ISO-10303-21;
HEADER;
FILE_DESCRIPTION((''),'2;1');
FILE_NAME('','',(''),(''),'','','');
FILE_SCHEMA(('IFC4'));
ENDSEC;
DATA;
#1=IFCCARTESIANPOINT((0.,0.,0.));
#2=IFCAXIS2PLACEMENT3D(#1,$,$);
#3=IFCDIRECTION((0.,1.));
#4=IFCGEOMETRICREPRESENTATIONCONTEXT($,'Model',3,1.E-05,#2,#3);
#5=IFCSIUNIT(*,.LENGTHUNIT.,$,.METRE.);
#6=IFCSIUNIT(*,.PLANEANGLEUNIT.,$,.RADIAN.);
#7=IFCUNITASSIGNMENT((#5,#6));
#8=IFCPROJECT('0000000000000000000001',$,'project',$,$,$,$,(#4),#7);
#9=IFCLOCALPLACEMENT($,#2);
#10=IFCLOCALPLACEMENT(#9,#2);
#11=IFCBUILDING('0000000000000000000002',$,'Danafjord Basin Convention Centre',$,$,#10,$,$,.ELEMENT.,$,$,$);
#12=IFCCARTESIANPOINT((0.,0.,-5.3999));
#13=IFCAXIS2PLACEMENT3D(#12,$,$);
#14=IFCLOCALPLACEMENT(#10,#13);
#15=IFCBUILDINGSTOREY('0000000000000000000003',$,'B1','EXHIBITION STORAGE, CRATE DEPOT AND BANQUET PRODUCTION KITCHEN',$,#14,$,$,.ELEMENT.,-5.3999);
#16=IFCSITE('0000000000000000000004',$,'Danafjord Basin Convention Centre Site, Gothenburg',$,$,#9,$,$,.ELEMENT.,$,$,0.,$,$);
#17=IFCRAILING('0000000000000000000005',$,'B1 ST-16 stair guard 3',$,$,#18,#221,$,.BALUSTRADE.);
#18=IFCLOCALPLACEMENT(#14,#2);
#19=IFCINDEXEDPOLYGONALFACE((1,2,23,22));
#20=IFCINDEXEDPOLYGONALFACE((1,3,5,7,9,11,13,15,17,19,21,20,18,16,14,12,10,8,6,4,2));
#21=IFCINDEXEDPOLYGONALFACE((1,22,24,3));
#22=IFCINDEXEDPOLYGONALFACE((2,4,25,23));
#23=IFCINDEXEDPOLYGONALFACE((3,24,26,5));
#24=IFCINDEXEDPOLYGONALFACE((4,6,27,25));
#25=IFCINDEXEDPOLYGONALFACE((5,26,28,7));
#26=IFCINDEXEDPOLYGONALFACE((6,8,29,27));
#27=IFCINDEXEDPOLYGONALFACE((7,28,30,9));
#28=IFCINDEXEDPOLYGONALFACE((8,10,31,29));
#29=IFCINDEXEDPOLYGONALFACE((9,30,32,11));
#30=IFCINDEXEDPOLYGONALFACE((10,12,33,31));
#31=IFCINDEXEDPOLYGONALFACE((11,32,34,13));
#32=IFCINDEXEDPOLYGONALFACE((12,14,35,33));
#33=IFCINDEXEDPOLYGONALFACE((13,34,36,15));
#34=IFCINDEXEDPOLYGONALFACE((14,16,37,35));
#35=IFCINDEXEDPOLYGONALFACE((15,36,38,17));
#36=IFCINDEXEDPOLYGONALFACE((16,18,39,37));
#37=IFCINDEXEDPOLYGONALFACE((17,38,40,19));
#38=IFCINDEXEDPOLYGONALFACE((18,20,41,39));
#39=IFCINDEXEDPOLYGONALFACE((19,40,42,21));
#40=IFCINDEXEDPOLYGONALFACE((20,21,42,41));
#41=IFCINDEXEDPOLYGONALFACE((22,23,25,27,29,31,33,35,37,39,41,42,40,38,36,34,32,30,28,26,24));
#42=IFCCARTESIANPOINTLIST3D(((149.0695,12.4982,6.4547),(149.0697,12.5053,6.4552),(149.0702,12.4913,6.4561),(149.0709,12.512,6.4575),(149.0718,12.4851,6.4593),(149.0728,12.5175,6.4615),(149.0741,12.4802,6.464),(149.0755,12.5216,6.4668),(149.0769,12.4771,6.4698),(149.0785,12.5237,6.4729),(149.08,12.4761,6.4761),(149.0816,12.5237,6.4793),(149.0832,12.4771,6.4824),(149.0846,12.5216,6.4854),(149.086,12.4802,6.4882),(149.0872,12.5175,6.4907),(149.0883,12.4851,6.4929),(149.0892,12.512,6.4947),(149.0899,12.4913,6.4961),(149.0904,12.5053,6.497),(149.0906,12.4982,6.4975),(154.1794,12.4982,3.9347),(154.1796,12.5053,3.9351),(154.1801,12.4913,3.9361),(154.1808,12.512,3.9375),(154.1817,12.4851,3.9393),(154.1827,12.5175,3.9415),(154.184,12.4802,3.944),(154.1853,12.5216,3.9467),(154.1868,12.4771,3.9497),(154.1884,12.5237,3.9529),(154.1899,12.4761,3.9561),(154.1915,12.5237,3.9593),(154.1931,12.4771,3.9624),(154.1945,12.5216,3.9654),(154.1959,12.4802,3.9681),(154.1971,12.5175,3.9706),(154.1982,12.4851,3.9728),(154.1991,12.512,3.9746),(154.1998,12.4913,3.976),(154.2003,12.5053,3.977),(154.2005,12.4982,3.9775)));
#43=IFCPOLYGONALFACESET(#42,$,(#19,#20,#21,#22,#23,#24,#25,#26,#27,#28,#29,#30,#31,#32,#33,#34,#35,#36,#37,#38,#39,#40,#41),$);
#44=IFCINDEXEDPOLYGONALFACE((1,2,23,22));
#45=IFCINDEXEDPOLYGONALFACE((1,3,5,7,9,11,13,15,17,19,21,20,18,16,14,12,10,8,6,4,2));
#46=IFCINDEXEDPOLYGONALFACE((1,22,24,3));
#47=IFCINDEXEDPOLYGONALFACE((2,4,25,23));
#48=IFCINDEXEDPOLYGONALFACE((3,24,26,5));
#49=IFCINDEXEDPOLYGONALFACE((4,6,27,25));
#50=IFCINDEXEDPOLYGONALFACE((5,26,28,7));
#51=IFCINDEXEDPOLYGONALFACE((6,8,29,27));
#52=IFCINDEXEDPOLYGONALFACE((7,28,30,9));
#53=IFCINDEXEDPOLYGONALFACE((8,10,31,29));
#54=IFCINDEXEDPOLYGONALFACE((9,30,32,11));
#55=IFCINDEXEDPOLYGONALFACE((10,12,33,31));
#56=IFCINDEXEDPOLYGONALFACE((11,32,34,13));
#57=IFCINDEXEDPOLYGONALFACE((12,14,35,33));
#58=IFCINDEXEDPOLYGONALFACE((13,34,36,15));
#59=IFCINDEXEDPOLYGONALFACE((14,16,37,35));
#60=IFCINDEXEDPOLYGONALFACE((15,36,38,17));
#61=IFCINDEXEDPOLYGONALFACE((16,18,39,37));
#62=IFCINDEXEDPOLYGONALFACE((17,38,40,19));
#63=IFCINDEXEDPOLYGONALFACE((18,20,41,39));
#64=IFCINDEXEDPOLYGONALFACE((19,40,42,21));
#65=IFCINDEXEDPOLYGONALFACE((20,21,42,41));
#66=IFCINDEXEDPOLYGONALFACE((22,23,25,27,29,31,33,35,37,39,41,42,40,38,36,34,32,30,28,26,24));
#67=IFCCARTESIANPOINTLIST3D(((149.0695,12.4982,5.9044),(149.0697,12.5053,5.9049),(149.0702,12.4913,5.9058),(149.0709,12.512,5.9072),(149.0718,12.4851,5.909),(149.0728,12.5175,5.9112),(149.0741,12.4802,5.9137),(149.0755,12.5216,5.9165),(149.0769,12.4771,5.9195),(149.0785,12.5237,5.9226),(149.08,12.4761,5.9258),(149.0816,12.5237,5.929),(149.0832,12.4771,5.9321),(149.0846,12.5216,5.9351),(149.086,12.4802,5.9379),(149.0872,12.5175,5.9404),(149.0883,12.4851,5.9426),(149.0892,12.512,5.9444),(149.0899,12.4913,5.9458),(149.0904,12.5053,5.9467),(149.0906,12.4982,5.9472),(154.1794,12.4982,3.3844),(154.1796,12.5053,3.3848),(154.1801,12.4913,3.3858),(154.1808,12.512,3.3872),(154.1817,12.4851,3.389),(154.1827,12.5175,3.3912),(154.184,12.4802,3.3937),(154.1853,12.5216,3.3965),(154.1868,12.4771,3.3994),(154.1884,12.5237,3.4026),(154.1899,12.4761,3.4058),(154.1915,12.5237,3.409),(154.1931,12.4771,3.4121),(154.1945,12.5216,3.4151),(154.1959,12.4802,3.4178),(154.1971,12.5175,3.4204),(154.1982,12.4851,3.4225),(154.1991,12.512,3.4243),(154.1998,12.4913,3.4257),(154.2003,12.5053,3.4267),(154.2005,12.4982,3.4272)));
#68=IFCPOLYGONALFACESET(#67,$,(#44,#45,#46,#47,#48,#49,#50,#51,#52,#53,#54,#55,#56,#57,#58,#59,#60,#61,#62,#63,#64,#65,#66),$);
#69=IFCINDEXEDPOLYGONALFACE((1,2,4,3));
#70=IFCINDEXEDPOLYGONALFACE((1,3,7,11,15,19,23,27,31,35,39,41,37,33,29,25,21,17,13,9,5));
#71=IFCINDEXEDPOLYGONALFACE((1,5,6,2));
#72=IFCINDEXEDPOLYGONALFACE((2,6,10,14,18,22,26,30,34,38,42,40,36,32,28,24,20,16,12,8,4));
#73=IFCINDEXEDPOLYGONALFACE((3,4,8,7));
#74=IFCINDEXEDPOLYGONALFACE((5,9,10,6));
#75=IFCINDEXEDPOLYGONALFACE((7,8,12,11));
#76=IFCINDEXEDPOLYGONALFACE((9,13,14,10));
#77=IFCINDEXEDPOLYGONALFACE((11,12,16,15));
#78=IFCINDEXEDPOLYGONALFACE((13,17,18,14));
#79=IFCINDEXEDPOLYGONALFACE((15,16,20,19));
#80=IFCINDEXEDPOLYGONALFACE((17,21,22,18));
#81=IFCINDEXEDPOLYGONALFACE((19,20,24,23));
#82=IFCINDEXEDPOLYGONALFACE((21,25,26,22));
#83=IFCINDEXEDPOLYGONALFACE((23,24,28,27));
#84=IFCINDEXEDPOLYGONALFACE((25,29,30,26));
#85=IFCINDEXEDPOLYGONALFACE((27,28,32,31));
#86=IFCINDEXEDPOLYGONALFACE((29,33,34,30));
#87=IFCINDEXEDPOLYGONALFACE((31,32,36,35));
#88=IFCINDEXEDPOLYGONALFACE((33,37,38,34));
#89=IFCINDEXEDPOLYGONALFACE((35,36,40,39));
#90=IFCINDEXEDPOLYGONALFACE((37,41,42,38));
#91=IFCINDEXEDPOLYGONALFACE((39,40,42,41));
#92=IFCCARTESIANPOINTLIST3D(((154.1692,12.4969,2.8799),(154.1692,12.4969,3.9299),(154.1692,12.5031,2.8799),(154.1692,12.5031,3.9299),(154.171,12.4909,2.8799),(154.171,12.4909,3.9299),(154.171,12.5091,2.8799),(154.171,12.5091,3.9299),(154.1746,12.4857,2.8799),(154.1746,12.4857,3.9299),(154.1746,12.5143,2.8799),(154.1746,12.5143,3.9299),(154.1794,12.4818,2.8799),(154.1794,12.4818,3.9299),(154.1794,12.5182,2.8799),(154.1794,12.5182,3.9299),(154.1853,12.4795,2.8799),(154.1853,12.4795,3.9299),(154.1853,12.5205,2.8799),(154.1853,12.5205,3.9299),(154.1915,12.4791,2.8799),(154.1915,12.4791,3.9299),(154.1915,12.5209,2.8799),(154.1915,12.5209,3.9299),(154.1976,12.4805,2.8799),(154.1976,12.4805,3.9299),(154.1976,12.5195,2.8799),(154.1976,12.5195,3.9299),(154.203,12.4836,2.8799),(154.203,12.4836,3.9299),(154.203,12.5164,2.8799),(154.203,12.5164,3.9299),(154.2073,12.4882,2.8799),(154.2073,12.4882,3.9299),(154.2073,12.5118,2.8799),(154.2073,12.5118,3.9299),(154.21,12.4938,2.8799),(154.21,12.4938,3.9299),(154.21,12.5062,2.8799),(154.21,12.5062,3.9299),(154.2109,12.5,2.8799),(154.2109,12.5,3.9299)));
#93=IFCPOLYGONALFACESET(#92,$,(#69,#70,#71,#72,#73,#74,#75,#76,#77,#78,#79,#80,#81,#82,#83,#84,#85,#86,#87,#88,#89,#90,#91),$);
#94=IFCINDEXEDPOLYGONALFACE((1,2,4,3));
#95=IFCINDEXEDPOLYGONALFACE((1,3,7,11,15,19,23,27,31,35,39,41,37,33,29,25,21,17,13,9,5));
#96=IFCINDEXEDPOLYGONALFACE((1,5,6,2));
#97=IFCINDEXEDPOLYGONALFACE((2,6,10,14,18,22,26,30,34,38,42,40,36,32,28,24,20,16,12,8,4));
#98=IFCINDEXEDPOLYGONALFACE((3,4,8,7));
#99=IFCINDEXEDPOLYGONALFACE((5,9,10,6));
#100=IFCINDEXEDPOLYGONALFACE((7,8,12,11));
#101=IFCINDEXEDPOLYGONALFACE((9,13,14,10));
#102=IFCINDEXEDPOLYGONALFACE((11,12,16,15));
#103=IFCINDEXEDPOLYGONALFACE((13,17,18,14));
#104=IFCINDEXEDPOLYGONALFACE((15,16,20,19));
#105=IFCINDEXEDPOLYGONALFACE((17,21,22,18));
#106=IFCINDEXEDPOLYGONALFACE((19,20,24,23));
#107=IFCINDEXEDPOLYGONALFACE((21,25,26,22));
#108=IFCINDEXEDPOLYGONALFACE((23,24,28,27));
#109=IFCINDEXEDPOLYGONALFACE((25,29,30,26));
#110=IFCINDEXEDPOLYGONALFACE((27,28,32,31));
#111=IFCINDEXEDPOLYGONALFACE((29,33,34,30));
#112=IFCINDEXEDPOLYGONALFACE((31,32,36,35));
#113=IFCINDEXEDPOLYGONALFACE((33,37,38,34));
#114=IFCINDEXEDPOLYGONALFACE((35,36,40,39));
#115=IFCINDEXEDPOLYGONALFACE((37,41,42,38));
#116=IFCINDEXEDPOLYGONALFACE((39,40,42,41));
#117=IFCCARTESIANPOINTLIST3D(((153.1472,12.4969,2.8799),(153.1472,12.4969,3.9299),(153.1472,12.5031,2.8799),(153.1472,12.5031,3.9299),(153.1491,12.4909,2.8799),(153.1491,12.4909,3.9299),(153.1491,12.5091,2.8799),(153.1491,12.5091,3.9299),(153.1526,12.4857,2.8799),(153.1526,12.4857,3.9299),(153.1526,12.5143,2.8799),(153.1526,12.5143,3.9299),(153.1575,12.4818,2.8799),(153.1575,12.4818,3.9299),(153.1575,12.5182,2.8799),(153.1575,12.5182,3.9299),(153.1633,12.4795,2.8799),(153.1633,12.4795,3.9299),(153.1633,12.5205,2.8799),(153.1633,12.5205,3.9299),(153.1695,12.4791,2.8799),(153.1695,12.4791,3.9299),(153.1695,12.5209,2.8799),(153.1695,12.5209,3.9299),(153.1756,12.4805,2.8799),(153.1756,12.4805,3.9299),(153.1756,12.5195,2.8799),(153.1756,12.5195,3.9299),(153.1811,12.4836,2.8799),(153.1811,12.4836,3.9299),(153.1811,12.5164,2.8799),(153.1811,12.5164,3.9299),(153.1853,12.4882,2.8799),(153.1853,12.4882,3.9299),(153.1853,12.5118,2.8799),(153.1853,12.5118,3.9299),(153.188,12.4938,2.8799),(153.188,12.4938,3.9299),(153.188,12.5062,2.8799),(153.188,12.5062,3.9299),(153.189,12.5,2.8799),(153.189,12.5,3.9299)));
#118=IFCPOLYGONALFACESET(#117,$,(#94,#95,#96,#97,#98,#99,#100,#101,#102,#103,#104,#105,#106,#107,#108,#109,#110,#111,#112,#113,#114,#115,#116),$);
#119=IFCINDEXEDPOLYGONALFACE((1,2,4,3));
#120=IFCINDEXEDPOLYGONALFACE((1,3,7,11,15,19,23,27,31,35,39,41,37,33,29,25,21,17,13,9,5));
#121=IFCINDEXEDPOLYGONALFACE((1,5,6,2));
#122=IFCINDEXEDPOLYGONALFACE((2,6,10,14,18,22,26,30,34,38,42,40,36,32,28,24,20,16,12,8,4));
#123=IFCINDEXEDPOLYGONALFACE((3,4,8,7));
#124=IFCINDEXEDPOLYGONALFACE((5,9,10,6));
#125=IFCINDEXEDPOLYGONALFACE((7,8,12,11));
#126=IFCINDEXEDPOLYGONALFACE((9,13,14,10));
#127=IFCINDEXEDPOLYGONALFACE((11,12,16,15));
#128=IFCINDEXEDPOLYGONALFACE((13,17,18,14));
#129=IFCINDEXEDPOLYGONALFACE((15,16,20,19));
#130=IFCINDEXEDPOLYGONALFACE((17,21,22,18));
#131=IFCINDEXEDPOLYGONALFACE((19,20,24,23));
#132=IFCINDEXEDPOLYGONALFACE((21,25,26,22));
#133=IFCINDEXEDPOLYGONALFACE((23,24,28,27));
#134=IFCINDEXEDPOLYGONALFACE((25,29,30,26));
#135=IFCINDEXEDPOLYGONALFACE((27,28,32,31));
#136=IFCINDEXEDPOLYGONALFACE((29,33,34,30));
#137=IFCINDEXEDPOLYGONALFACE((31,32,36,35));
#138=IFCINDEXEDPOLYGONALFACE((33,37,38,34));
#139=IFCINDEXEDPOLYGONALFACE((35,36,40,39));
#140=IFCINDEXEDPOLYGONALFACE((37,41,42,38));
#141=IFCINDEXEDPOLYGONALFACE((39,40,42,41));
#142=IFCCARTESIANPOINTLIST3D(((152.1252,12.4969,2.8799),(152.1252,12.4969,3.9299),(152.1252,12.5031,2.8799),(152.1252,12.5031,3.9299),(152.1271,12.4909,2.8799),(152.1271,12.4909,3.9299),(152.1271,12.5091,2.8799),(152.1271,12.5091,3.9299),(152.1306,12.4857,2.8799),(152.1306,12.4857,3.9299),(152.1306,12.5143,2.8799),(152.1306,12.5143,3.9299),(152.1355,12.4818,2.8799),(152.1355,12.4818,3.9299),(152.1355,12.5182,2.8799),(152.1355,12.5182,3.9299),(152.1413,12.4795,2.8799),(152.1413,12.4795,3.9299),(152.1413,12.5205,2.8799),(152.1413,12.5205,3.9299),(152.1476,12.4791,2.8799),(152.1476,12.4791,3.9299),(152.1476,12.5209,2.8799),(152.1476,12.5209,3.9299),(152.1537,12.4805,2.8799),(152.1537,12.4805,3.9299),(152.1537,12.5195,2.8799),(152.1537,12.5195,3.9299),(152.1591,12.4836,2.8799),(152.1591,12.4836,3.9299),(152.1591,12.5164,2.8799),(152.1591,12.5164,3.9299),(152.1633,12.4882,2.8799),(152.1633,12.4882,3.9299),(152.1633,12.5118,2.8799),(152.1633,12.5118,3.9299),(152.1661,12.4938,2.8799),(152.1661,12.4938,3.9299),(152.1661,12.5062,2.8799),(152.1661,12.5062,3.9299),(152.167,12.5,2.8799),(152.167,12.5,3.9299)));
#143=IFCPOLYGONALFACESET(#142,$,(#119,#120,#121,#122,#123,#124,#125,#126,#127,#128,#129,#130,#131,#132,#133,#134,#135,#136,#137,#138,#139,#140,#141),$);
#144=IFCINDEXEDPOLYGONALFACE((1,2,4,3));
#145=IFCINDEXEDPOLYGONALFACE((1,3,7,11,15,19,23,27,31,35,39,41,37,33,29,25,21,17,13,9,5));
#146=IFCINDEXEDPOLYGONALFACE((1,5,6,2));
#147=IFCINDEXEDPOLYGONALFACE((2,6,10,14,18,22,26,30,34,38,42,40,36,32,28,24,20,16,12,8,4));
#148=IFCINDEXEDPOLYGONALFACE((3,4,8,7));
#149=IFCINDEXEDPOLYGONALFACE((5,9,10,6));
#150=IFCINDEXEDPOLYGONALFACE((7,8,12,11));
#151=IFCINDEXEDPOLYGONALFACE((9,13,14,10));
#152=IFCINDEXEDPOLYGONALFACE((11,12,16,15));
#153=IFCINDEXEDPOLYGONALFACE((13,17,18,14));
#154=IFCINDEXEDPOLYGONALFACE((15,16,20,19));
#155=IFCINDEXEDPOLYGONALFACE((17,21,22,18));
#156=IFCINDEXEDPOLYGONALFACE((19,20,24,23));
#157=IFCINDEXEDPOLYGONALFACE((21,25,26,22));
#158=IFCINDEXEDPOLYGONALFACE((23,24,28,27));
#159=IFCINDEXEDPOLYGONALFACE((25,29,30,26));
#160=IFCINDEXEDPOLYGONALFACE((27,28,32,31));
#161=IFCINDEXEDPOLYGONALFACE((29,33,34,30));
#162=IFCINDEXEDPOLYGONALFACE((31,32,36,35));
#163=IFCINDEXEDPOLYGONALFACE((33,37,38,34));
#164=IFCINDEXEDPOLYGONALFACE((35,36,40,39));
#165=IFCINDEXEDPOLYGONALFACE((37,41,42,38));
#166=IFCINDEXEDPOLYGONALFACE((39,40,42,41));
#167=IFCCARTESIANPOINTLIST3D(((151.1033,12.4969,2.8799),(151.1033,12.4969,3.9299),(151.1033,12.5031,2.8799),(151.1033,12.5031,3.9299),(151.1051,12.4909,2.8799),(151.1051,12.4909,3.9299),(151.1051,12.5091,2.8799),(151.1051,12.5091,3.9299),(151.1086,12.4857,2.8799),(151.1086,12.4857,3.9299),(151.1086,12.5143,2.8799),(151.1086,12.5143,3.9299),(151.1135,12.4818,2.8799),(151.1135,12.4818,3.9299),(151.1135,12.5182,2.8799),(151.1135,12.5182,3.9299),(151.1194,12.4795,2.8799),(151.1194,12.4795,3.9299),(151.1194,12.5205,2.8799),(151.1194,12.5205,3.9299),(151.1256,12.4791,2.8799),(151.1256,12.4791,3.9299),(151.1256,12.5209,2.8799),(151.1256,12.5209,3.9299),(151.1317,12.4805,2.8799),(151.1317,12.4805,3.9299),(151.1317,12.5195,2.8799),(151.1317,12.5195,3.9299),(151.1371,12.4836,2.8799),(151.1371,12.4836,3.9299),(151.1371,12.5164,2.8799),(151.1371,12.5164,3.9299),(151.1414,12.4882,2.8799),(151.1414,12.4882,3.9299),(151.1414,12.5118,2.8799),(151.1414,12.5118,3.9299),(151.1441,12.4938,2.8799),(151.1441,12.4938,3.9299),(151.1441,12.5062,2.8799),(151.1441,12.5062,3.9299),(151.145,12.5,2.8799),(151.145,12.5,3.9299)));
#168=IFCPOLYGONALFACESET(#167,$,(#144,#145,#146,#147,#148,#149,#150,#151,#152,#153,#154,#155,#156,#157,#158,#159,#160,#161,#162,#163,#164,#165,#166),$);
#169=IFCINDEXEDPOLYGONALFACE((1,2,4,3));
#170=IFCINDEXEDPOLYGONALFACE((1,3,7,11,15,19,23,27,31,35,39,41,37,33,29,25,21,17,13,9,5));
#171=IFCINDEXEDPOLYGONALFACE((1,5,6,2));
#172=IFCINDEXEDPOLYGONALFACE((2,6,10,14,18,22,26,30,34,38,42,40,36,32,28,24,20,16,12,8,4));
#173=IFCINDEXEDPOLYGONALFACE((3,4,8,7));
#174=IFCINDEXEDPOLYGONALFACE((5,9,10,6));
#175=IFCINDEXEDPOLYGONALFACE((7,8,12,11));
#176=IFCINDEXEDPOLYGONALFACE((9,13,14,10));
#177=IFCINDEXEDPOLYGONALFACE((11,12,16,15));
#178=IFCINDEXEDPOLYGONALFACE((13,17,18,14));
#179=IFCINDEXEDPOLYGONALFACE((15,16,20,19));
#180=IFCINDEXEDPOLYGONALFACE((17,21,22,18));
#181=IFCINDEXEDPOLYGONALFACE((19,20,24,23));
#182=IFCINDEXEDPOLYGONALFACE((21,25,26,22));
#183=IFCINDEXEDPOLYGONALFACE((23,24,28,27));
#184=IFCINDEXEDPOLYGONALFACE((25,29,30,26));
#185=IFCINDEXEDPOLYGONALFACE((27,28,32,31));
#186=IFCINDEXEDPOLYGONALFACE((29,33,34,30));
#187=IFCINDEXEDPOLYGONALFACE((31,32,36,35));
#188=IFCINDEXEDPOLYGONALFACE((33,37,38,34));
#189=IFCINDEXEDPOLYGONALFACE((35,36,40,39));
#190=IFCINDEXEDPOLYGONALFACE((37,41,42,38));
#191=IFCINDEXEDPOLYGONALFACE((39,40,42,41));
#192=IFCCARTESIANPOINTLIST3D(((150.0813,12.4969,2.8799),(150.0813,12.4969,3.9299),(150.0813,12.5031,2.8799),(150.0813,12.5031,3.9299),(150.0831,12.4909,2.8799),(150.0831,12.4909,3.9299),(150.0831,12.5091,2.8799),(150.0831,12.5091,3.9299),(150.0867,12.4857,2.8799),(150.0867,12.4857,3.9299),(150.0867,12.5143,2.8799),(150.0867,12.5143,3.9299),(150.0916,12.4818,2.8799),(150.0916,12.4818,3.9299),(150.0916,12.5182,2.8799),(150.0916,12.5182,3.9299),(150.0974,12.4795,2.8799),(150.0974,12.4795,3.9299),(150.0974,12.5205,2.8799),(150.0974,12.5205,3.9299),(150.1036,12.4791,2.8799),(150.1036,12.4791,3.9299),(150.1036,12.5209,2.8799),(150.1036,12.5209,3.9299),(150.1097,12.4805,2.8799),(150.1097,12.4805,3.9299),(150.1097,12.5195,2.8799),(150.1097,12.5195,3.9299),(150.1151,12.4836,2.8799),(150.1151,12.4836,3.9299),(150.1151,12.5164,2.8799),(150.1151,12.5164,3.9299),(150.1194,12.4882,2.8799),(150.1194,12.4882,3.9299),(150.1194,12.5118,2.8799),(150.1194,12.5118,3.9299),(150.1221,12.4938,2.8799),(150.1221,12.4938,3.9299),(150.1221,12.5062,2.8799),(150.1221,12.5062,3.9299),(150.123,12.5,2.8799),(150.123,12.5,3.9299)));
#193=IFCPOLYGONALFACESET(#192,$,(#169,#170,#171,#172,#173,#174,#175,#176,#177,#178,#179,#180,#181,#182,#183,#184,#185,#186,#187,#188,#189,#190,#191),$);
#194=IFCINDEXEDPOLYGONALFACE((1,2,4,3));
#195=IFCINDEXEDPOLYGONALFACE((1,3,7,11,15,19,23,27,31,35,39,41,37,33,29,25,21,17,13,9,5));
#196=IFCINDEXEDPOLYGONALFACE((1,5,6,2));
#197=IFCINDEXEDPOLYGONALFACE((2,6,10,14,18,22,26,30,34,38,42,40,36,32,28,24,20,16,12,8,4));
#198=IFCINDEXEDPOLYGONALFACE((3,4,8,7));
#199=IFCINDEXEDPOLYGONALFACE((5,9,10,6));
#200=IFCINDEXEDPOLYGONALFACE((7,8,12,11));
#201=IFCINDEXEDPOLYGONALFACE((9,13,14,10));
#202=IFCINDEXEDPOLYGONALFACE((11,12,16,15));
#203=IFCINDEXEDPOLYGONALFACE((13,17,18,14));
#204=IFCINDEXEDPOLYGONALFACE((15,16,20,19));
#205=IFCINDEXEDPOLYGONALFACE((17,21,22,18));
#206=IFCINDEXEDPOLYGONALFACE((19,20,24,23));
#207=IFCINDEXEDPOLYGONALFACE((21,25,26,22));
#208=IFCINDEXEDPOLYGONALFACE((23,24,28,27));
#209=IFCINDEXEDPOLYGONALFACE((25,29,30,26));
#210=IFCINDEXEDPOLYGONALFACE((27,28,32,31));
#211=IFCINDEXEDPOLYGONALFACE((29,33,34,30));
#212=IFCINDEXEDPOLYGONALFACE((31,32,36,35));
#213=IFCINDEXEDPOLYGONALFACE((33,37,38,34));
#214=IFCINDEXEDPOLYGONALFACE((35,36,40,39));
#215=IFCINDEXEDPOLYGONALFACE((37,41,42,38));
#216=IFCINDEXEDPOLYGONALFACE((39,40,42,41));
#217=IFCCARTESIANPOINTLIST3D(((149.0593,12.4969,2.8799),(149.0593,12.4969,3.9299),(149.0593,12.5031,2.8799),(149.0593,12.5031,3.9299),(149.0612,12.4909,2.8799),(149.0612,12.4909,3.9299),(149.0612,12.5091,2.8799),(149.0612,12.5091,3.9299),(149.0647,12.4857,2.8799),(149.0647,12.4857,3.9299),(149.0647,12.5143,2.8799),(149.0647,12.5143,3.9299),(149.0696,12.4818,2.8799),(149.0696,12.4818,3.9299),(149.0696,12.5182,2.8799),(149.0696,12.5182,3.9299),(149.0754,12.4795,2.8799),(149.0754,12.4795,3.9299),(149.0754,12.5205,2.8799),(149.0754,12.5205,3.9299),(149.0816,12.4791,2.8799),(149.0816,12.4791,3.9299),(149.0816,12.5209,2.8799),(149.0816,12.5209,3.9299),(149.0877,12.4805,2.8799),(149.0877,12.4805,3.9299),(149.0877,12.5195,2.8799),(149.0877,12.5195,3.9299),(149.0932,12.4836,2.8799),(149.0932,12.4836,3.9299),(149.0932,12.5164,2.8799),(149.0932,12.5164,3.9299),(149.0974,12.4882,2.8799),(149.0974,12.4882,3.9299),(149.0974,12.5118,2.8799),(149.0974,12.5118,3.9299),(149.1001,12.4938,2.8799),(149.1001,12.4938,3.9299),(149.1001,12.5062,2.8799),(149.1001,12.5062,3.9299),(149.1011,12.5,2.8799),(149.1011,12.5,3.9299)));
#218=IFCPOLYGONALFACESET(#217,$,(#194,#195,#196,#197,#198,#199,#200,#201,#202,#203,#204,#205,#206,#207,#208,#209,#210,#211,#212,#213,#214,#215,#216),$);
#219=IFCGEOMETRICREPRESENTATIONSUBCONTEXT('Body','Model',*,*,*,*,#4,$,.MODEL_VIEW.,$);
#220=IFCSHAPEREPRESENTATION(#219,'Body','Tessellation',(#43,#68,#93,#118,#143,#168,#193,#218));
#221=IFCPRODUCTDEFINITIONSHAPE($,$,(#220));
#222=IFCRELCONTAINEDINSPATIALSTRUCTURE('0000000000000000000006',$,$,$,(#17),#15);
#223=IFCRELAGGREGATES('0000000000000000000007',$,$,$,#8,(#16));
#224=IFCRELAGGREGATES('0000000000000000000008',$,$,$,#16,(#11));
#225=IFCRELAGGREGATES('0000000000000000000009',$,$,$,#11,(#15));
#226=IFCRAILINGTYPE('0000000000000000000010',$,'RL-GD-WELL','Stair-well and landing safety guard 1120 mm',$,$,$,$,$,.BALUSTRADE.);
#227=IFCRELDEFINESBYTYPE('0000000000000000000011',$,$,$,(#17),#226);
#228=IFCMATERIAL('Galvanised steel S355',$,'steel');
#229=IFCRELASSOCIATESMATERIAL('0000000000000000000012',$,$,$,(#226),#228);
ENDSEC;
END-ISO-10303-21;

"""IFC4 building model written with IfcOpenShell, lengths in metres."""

from ifc_helpers import new_model, si_unit, direction, frame, origin, origin_2d, place, context, subcontext, project, spatial, circle, extrude, material, type_object, element, save


model = new_model("IFC4")

# Units and contexts
model_context = context("Model", 3, precision=1e-05, world=origin(), true_north=direction((0.0, 1.0)))
body_context = subcontext(model_context, "Body", "Model", "MODEL_VIEW")
ifc_project = project(units=[si_unit("LENGTHUNIT", "METRE"), si_unit("PLANEANGLEUNIT", "RADIAN")], contexts=[model_context])

# Site, building, storey
site_placement = place(None, origin())
site = spatial("IfcSite", under=ifc_project, at=site_placement, Name="Danafjord Basin Convention Centre Site, Gothenburg", CompositionType="ELEMENT", RefElevation=0.0)
building_placement = place(site_placement, origin())
building = spatial("IfcBuilding", under=site, at=building_placement, Name="Danafjord Basin Convention Centre", CompositionType="ELEMENT")
storey_placement = place(building_placement, frame((0.0, 0.0, -5.3999)))
storey = spatial("IfcBuildingStorey", under=building, at=storey_placement, Name="B1", Description="EXHIBITION STORAGE, CRATE DEPOT AND BANQUET PRODUCTION KITCHEN", CompositionType="ELEMENT", Elevation=-5.3999)

# Railing
ifc_material_1 = material(Name="Galvanised steel S355", Category="steel")
railing_type_1 = type_object("IfcRailingType", Name="RL-GD-WELL", Description="Stair-well and landing safety guard 1120 mm", PredefinedType="BALUSTRADE", material=ifc_material_1)
railing_1_placement = place(storey_placement, frame((154.1899, 12.5, 2.8799)))
element("IfcRailing", 1, at=railing_1_placement, inside=storey, type_object=railing_type_1, Name="B1 ST-16 stair guard 3", PredefinedType="BALUSTRADE", context=body_context, shape_type="SweptSolid", body=[
    extrude(circle(Radius=0.0239, at=origin_2d()), frame((0.0, 0.0, 1.0762), z_axis=(-0.896865, 0.0, 0.442305), x_axis=(0.0, -1.0, 0.0)), (0.0, 0.0, 1.0), 5.6975),
    extrude(circle(Radius=0.0239, at=origin_2d()), frame((0.0, 0.0, 0.5259), z_axis=(-0.896865, 0.0, 0.442305), x_axis=(0.0, -1.0, 0.0)), (0.0, 0.0, 1.0), 5.6975),
    extrude(circle(Radius=0.021, at=origin_2d()), origin(), (0.0, 0.0, 1.0), 1.05),
    extrude(circle(Radius=0.021, at=origin_2d()), frame((-1.022, 0.0, 0.0)), (0.0, 0.0, 1.0), 1.05),
    extrude(circle(Radius=0.021, at=origin_2d()), frame((-2.0439, 0.0, 0.0)), (0.0, 0.0, 1.0), 1.05),
    extrude(circle(Radius=0.021, at=origin_2d()), frame((-3.0659, 0.0, 0.0)), (0.0, 0.0, 1.0), 1.05),
    extrude(circle(Radius=0.021, at=origin_2d()), frame((-4.0879, 0.0, 0.0)), (0.0, 0.0, 1.0), 1.05),
    extrude(circle(Radius=0.021, at=origin_2d()), frame((-5.1099, 0.0, 0.0)), (0.0, 0.0, 1.0), 1.05),
])

save(model, "model.ifc")
